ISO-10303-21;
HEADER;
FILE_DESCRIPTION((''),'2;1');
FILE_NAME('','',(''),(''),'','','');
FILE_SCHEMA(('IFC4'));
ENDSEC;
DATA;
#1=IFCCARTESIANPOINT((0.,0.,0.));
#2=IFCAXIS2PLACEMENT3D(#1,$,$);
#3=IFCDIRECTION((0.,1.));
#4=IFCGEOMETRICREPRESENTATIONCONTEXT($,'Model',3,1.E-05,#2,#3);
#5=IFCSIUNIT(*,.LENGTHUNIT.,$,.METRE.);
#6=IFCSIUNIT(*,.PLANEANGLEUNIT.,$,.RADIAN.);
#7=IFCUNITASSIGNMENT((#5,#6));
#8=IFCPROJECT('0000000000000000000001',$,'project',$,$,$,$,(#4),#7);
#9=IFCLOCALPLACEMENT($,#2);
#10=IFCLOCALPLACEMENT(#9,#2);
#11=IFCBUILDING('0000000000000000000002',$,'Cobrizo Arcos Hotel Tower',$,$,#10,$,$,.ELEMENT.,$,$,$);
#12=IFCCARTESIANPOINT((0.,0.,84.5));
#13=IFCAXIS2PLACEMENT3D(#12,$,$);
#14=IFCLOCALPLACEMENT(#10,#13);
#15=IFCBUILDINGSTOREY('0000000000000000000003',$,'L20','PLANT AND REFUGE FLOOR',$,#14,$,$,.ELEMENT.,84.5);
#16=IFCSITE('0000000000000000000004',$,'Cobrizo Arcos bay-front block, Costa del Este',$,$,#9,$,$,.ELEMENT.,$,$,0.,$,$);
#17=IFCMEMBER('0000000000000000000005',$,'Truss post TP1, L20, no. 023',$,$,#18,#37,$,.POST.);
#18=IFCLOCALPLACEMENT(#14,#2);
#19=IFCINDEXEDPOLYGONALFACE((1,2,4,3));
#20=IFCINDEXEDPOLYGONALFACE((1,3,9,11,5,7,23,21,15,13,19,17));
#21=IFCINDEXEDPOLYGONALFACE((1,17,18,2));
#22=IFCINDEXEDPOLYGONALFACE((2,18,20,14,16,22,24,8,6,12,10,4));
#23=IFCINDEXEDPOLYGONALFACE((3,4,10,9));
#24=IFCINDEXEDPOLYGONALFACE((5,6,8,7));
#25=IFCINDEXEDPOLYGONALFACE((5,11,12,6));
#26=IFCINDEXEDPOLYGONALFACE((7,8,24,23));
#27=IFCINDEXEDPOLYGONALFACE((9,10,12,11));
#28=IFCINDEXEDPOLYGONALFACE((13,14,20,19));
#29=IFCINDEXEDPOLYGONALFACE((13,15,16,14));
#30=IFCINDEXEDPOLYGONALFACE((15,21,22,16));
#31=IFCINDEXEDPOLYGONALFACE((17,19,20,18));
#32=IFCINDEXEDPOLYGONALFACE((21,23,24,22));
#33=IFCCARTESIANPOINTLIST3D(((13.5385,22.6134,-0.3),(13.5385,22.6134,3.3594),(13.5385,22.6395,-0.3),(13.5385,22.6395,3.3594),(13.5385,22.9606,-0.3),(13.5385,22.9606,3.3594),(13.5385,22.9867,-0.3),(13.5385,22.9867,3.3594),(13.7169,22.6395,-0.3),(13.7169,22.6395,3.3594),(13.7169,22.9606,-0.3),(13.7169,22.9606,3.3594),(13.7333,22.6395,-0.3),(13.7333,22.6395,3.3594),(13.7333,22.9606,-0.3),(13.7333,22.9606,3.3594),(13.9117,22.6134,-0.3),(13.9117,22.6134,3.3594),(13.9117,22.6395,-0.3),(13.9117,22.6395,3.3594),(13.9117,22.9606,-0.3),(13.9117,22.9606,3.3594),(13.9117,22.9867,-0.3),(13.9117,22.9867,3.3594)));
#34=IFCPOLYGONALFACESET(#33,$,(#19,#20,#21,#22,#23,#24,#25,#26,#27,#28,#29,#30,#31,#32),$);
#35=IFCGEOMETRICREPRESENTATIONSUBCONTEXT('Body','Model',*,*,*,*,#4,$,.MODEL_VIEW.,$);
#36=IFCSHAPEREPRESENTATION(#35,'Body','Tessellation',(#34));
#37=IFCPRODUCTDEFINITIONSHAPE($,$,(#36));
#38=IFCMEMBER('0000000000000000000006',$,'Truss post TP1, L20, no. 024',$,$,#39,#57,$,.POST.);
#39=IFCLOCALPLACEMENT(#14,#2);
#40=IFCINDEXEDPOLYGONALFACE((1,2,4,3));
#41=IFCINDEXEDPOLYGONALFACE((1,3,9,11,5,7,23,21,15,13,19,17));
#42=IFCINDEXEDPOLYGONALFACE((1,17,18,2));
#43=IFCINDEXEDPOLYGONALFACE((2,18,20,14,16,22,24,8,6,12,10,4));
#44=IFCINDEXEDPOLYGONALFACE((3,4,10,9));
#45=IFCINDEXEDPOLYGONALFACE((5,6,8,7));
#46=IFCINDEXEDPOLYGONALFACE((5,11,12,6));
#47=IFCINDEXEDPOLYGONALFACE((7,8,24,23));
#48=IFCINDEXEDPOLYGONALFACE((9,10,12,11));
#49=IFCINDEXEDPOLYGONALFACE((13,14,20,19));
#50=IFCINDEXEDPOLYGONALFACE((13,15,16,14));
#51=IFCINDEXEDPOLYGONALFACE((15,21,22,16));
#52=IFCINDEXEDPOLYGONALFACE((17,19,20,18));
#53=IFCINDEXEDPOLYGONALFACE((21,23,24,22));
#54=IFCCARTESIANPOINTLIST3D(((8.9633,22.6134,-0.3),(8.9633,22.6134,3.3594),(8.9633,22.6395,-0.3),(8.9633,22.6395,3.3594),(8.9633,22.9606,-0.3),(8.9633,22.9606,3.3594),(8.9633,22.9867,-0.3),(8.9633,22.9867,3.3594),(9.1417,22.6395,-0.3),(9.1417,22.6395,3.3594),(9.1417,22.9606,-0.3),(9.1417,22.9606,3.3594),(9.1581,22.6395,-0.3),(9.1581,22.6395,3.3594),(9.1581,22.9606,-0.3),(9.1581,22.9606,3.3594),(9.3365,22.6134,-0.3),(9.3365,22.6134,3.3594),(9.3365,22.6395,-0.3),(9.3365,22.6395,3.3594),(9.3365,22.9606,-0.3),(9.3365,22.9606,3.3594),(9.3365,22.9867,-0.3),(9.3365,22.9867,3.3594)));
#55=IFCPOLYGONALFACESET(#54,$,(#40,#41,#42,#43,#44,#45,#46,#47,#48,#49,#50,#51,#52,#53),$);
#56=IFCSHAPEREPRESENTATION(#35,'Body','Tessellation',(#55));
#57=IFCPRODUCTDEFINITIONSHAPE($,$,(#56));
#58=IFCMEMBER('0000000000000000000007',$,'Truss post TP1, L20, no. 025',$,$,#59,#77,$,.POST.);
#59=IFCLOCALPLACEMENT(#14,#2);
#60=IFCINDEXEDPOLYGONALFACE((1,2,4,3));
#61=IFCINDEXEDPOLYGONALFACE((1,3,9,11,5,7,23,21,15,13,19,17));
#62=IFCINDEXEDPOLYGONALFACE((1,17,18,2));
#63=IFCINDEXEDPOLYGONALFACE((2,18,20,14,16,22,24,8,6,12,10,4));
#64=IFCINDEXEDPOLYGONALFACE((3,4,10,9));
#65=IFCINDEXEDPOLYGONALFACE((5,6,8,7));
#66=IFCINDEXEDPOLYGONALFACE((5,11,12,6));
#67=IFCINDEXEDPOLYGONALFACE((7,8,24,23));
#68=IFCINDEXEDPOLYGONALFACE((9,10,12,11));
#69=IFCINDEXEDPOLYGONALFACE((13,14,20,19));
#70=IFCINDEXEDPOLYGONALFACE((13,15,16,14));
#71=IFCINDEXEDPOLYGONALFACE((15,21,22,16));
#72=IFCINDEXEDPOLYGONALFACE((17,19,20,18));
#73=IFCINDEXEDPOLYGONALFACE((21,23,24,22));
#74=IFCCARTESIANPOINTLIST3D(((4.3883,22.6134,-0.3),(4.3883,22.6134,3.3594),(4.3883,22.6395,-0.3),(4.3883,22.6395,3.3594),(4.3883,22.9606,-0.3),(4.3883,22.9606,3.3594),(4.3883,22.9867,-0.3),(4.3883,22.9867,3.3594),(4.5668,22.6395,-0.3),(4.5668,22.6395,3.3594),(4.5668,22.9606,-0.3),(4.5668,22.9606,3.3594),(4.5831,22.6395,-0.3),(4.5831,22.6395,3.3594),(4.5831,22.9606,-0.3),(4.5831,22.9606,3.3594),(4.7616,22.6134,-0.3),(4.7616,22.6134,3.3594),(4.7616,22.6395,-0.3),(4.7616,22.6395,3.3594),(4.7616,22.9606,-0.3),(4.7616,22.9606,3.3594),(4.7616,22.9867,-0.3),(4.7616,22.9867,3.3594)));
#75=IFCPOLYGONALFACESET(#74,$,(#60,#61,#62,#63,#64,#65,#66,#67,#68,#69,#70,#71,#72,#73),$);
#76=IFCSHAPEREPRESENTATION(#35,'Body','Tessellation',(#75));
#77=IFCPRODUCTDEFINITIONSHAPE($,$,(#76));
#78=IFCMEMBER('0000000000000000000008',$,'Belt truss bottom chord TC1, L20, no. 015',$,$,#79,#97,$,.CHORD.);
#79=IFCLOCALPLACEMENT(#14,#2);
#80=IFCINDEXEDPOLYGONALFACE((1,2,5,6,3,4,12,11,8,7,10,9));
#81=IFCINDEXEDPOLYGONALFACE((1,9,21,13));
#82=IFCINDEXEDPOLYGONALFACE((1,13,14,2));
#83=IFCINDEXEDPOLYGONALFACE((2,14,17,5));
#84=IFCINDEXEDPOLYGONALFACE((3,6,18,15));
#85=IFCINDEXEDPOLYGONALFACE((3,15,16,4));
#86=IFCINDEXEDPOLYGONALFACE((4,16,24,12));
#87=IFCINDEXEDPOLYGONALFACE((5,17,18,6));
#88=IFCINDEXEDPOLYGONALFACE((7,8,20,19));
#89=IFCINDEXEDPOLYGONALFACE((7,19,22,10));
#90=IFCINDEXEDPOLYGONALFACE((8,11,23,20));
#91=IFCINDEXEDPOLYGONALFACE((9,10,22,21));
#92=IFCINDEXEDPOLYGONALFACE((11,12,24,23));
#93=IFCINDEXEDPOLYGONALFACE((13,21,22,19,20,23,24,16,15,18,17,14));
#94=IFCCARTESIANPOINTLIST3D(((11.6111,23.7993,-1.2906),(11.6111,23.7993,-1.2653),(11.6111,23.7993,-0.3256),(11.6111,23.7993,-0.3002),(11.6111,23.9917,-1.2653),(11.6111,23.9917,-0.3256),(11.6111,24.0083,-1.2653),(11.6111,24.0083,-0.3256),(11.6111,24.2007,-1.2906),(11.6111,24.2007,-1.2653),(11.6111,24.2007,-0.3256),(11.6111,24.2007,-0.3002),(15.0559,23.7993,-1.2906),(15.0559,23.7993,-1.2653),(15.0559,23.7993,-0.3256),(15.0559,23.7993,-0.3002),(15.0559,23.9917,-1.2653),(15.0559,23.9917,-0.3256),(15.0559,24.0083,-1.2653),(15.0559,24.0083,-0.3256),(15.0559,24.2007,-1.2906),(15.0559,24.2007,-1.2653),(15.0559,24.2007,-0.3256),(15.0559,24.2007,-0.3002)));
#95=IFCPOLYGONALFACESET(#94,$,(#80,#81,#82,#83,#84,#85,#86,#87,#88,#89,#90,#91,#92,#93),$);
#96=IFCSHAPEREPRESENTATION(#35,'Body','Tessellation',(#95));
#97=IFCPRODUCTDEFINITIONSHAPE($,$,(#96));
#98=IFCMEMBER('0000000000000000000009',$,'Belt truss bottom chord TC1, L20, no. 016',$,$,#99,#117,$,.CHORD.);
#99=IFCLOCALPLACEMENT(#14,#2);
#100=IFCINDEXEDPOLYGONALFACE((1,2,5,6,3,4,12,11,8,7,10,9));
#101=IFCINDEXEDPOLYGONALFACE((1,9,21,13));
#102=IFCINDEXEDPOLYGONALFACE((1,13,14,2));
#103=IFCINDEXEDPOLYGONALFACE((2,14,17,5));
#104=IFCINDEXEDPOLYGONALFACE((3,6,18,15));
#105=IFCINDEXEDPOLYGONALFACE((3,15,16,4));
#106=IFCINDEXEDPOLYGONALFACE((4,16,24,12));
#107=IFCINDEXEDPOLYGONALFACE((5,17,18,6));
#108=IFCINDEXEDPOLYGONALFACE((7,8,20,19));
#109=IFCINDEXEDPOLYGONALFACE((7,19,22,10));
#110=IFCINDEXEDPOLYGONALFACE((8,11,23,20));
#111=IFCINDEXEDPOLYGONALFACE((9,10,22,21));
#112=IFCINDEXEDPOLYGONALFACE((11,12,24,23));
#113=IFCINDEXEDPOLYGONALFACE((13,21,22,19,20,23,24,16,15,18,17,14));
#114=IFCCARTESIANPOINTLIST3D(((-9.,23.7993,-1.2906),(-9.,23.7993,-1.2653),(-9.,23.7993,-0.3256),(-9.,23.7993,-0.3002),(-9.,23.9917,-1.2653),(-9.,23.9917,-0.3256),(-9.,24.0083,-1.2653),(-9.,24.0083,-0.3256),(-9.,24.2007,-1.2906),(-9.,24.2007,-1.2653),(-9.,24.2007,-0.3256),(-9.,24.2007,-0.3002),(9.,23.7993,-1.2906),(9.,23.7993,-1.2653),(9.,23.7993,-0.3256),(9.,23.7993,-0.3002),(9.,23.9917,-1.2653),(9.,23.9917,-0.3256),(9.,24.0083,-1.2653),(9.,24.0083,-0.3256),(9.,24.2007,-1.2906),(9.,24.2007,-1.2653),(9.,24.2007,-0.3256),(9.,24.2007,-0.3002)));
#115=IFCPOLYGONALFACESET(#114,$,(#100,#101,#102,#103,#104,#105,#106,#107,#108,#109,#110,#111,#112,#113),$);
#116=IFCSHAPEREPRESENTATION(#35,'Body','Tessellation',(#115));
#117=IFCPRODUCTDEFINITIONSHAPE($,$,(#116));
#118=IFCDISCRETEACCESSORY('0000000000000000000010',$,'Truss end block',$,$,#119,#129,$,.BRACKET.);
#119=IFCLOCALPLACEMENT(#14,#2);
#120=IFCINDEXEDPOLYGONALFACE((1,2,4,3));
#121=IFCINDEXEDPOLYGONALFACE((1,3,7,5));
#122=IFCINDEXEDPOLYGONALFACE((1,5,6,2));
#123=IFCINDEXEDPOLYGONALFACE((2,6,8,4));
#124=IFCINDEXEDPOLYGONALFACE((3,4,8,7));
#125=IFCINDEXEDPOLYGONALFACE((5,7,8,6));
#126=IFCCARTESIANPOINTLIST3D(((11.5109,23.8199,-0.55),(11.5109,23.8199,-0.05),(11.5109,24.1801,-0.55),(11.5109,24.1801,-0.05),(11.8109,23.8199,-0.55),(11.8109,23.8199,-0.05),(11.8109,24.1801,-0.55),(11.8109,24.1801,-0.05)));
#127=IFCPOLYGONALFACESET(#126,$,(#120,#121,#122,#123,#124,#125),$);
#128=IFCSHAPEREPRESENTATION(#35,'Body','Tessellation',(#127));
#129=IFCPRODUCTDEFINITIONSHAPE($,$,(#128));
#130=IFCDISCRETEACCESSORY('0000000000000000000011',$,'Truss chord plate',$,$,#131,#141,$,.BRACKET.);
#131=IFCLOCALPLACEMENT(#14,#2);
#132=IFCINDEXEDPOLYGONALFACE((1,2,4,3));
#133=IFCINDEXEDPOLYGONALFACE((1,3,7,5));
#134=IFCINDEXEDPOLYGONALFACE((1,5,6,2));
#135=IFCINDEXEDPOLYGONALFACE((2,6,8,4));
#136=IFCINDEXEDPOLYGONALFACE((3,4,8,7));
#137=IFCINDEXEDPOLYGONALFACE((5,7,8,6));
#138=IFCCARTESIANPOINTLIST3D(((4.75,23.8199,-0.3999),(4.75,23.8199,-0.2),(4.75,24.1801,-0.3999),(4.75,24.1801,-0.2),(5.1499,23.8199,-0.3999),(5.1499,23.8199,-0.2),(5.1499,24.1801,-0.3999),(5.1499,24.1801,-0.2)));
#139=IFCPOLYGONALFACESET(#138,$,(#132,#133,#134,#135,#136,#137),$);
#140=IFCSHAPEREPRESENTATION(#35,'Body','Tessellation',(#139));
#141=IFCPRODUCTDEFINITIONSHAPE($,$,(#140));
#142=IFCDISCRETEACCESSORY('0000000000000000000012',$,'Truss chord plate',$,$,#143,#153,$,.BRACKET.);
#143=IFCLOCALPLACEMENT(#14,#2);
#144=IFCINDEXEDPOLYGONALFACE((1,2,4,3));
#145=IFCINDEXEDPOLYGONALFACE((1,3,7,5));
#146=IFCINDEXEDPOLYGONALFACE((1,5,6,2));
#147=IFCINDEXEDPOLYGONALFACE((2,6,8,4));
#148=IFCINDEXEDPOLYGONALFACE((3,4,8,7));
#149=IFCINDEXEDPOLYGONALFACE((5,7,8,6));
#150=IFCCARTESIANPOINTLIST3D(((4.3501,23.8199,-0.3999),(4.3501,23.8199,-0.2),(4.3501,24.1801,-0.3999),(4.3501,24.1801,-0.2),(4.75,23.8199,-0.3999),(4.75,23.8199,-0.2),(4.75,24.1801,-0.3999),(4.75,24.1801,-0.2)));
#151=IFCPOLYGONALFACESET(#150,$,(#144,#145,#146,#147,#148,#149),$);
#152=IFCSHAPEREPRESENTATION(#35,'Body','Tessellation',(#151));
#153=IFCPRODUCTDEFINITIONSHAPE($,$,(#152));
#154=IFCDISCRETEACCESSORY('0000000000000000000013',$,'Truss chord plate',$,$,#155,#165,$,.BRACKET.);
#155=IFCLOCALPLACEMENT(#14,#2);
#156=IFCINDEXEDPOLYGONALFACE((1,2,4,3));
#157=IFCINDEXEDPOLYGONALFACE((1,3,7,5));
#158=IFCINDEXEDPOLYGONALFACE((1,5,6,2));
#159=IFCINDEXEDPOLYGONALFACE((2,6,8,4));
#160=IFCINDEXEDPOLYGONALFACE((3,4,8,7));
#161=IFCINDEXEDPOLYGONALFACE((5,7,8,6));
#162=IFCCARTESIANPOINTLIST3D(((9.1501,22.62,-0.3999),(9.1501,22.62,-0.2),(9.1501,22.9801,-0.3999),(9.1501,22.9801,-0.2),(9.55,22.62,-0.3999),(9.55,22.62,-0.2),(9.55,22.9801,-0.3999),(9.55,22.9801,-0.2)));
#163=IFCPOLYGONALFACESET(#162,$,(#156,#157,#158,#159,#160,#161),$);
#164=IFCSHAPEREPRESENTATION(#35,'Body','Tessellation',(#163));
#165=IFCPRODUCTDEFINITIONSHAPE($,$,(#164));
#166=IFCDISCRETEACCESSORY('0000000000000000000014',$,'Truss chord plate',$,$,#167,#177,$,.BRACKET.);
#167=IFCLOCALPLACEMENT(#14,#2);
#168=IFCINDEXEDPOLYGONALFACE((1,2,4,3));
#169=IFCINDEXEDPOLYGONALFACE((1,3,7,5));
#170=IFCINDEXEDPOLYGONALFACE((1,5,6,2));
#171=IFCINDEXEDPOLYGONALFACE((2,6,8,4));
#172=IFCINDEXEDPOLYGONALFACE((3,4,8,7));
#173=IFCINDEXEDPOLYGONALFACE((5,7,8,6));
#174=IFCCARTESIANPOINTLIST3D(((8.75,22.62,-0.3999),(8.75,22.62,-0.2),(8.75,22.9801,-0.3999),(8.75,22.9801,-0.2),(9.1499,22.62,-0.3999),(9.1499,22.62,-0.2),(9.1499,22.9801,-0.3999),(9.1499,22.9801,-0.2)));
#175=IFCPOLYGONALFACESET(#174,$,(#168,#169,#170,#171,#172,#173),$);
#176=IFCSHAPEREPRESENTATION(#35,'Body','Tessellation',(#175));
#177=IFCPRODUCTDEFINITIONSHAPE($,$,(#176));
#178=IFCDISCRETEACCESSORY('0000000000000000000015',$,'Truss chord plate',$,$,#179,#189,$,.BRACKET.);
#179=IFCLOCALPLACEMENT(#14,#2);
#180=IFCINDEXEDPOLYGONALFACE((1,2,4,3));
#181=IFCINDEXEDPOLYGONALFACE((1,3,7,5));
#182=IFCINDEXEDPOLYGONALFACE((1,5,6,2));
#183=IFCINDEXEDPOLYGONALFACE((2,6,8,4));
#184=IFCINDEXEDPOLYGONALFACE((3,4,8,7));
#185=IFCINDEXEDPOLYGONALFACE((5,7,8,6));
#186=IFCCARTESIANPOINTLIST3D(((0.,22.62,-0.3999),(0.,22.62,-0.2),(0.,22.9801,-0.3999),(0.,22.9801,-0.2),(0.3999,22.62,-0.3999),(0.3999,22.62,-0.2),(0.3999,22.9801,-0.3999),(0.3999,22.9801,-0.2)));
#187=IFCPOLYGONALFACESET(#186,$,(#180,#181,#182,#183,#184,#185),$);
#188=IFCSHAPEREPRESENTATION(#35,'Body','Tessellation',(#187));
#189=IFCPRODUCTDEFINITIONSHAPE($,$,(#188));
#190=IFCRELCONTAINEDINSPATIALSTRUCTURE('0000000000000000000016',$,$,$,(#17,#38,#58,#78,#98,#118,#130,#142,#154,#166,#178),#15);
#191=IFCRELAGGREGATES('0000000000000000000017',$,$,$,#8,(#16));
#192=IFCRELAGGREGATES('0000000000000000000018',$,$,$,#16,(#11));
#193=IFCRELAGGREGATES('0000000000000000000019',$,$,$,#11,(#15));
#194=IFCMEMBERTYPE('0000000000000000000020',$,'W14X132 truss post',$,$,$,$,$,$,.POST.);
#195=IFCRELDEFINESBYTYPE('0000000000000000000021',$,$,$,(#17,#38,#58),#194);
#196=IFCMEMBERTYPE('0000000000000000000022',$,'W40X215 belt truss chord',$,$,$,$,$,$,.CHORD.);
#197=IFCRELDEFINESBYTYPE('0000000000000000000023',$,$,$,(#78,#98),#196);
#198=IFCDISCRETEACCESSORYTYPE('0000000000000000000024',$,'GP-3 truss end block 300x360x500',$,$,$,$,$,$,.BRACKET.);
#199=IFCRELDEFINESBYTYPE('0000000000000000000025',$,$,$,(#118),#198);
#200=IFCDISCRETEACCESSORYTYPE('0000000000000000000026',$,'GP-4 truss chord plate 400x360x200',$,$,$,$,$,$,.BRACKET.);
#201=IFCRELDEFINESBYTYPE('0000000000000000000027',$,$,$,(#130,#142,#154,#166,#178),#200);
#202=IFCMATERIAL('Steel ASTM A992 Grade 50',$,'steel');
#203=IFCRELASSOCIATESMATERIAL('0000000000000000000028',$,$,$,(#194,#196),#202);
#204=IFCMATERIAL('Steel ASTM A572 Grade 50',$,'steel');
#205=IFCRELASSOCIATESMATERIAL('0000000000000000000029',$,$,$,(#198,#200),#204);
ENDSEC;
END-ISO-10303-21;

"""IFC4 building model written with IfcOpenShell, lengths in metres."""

from ifc_helpers import new_model, si_unit, direction, frame, origin, origin_2d, place, context, subcontext, project, spatial, rectangle, i_section, extrude, material, material_profile, profile_set, type_object, element, save


model = new_model("IFC4")

# Units and contexts
model_context = context("Model", 3, precision=1e-05, world=origin(), true_north=direction((0.0, 1.0)))
body_context = subcontext(model_context, "Body", "Model", "MODEL_VIEW")
ifc_project = project(units=[si_unit("LENGTHUNIT", "METRE"), si_unit("PLANEANGLEUNIT", "RADIAN")], contexts=[model_context])

# Site, building, storey
site_placement = place(None, origin())
site = spatial("IfcSite", under=ifc_project, at=site_placement, Name="Cobrizo Arcos bay-front block, Costa del Este", CompositionType="ELEMENT", RefElevation=0.0)
building_placement = place(site_placement, origin())
building = spatial("IfcBuilding", under=site, at=building_placement, Name="Cobrizo Arcos Hotel Tower", CompositionType="ELEMENT")
storey_placement = place(building_placement, frame((0.0, 0.0, 84.5)))
storey = spatial("IfcBuildingStorey", under=building, at=storey_placement, Name="L20", Description="PLANT AND REFUGE FLOOR", CompositionType="ELEMENT", Elevation=84.5)

# Shared definitions
ifc_material_1 = material(Name="Steel ASTM A572 Grade 50", Category="steel")

# Members
ifc_material_2 = material(Name="Steel ASTM A992 Grade 50", Category="steel")
ifc_material_profile_1 = material_profile(ifc_material_2, i_section(OverallWidth=0.3733, OverallDepth=0.3733, WebThickness=0.0164, FlangeThickness=0.0261, at=origin_2d()), Name="W14X132")
ifc_profile_set_1 = profile_set([ifc_material_profile_1], Name="Steel ASTM A992 Grade 50")
member_type_1 = type_object("IfcMemberType", Name="W14X132 truss post", PredefinedType="POST", material=ifc_profile_set_1)
for number, where, z_axis, x_axis, name in (
    (1, (13.7251, 22.8, -0.3), (0.0, 0.0, 1.0), (1.0, 0.0, 0.0), "Truss post TP1, L20, no. 023"),
    (2, (9.1499, 22.8, -0.3), (0.0, 0.0, 1.0), (1.0, 0.0, 0.0), "Truss post TP1, L20, no. 024"),
    (3, (4.575, 22.8, -0.3), (0.0, 0.0, 1.0), (1.0, 0.0, 0.0), "Truss post TP1, L20, no. 025"),
):
    element("IfcMember", number, at=place(storey_placement, frame(where, z_axis=z_axis, x_axis=x_axis)), inside=storey, type_object=member_type_1, Name=name, PredefinedType="POST", context=body_context, shape_type="SweptSolid", body=[
        extrude(i_section(OverallWidth=0.3733, OverallDepth=0.3733, WebThickness=0.0164, FlangeThickness=0.0261, at=origin_2d()), origin(), (0.0, 0.0, 1.0), 3.6594),
    ])
ifc_material_profile_2 = material_profile(ifc_material_2, i_section(OverallWidth=0.4014, OverallDepth=0.9905, WebThickness=0.0166, FlangeThickness=0.0254, at=origin_2d()), Name="W40X215")
ifc_profile_set_2 = profile_set([ifc_material_profile_2], Name="Steel ASTM A992 Grade 50")
member_type_2 = type_object("IfcMemberType", Name="W40X215 belt truss chord", PredefinedType="CHORD", material=ifc_profile_set_2)
member_1_placement = place(storey_placement, frame((15.0559, 24.0, -0.7954), z_axis=(-1.0, 0.0, 0.0), x_axis=(0.0, -1.0, 0.0)))
element("IfcMember", 4, at=member_1_placement, inside=storey, type_object=member_type_2, Name="Belt truss bottom chord TC1, L20, no. 015", PredefinedType="CHORD", context=body_context, shape_type="SweptSolid", body=[
    extrude(i_section(OverallWidth=0.4014, OverallDepth=0.9905, WebThickness=0.0166, FlangeThickness=0.0254, at=origin_2d()), origin(), (0.0, 0.0, 1.0), 3.4448),
])
member_2_placement = place(storey_placement, frame((9.0, 24.0, -0.7954), z_axis=(-1.0, 0.0, 0.0), x_axis=(0.0, -1.0, 0.0)))
element("IfcMember", 5, at=member_2_placement, inside=storey, type_object=member_type_2, Name="Belt truss bottom chord TC1, L20, no. 016", PredefinedType="CHORD", context=body_context, shape_type="SweptSolid", body=[
    extrude(i_section(OverallWidth=0.4014, OverallDepth=0.9905, WebThickness=0.0166, FlangeThickness=0.0254, at=origin_2d()), origin(), (0.0, 0.0, 1.0), 18.0),
])

# Discrete accessories
discrete_accessory_type_1 = type_object("IfcDiscreteAccessoryType", Name="GP-3 truss end block 300x360x500", PredefinedType="BRACKET", material=ifc_material_1)
discrete_accessory_placement = place(storey_placement, frame((11.6609, 24.0, -0.55), z_axis=(0.0, 0.0, 1.0), x_axis=(1.0, 0.0, 0.0)))
element("IfcDiscreteAccessory", 6, at=discrete_accessory_placement, inside=storey, type_object=discrete_accessory_type_1, Name="Truss end block", PredefinedType="BRACKET", context=body_context, shape_type="SweptSolid", body=[
    extrude(rectangle(XDim=0.3, YDim=0.3601, at=origin_2d()), origin(), (0.0, 0.0, 1.0), 0.5),
])
discrete_accessory_type_2 = type_object("IfcDiscreteAccessoryType", Name="GP-4 truss chord plate 400x360x200", PredefinedType="BRACKET", material=ifc_material_1)
for number, where, z_axis, x_axis, name in (
    (7, (4.95, 24.0, -0.3999), (0.0, 0.0, 1.0), (-1.0, 0.0, 0.0), "Truss chord plate"),
    (8, (4.55, 24.0, -0.3999), (0.0, 0.0, 1.0), (-1.0, 0.0, 0.0), "Truss chord plate"),
    (9, (9.3501, 22.8, -0.3999), (0.0, 0.0, 1.0), (-1.0, 0.0, 0.0), "Truss chord plate"),
    (10, (8.95, 22.8, -0.3999), (0.0, 0.0, 1.0), (-1.0, 0.0, 0.0), "Truss chord plate"),
    (11, (0.2, 22.8, -0.3999), (0.0, 0.0, 1.0), (-1.0, 0.0, 0.0), "Truss chord plate"),
):
    element("IfcDiscreteAccessory", number, at=place(storey_placement, frame(where, z_axis=z_axis, x_axis=x_axis)), inside=storey, type_object=discrete_accessory_type_2, Name=name, PredefinedType="BRACKET", context=body_context, shape_type="SweptSolid", body=[
        extrude(rectangle(XDim=0.3999, YDim=0.3601, at=origin_2d()), origin(), (0.0, 0.0, 1.0), 0.2),
    ])

save(model, "model.ifc")
